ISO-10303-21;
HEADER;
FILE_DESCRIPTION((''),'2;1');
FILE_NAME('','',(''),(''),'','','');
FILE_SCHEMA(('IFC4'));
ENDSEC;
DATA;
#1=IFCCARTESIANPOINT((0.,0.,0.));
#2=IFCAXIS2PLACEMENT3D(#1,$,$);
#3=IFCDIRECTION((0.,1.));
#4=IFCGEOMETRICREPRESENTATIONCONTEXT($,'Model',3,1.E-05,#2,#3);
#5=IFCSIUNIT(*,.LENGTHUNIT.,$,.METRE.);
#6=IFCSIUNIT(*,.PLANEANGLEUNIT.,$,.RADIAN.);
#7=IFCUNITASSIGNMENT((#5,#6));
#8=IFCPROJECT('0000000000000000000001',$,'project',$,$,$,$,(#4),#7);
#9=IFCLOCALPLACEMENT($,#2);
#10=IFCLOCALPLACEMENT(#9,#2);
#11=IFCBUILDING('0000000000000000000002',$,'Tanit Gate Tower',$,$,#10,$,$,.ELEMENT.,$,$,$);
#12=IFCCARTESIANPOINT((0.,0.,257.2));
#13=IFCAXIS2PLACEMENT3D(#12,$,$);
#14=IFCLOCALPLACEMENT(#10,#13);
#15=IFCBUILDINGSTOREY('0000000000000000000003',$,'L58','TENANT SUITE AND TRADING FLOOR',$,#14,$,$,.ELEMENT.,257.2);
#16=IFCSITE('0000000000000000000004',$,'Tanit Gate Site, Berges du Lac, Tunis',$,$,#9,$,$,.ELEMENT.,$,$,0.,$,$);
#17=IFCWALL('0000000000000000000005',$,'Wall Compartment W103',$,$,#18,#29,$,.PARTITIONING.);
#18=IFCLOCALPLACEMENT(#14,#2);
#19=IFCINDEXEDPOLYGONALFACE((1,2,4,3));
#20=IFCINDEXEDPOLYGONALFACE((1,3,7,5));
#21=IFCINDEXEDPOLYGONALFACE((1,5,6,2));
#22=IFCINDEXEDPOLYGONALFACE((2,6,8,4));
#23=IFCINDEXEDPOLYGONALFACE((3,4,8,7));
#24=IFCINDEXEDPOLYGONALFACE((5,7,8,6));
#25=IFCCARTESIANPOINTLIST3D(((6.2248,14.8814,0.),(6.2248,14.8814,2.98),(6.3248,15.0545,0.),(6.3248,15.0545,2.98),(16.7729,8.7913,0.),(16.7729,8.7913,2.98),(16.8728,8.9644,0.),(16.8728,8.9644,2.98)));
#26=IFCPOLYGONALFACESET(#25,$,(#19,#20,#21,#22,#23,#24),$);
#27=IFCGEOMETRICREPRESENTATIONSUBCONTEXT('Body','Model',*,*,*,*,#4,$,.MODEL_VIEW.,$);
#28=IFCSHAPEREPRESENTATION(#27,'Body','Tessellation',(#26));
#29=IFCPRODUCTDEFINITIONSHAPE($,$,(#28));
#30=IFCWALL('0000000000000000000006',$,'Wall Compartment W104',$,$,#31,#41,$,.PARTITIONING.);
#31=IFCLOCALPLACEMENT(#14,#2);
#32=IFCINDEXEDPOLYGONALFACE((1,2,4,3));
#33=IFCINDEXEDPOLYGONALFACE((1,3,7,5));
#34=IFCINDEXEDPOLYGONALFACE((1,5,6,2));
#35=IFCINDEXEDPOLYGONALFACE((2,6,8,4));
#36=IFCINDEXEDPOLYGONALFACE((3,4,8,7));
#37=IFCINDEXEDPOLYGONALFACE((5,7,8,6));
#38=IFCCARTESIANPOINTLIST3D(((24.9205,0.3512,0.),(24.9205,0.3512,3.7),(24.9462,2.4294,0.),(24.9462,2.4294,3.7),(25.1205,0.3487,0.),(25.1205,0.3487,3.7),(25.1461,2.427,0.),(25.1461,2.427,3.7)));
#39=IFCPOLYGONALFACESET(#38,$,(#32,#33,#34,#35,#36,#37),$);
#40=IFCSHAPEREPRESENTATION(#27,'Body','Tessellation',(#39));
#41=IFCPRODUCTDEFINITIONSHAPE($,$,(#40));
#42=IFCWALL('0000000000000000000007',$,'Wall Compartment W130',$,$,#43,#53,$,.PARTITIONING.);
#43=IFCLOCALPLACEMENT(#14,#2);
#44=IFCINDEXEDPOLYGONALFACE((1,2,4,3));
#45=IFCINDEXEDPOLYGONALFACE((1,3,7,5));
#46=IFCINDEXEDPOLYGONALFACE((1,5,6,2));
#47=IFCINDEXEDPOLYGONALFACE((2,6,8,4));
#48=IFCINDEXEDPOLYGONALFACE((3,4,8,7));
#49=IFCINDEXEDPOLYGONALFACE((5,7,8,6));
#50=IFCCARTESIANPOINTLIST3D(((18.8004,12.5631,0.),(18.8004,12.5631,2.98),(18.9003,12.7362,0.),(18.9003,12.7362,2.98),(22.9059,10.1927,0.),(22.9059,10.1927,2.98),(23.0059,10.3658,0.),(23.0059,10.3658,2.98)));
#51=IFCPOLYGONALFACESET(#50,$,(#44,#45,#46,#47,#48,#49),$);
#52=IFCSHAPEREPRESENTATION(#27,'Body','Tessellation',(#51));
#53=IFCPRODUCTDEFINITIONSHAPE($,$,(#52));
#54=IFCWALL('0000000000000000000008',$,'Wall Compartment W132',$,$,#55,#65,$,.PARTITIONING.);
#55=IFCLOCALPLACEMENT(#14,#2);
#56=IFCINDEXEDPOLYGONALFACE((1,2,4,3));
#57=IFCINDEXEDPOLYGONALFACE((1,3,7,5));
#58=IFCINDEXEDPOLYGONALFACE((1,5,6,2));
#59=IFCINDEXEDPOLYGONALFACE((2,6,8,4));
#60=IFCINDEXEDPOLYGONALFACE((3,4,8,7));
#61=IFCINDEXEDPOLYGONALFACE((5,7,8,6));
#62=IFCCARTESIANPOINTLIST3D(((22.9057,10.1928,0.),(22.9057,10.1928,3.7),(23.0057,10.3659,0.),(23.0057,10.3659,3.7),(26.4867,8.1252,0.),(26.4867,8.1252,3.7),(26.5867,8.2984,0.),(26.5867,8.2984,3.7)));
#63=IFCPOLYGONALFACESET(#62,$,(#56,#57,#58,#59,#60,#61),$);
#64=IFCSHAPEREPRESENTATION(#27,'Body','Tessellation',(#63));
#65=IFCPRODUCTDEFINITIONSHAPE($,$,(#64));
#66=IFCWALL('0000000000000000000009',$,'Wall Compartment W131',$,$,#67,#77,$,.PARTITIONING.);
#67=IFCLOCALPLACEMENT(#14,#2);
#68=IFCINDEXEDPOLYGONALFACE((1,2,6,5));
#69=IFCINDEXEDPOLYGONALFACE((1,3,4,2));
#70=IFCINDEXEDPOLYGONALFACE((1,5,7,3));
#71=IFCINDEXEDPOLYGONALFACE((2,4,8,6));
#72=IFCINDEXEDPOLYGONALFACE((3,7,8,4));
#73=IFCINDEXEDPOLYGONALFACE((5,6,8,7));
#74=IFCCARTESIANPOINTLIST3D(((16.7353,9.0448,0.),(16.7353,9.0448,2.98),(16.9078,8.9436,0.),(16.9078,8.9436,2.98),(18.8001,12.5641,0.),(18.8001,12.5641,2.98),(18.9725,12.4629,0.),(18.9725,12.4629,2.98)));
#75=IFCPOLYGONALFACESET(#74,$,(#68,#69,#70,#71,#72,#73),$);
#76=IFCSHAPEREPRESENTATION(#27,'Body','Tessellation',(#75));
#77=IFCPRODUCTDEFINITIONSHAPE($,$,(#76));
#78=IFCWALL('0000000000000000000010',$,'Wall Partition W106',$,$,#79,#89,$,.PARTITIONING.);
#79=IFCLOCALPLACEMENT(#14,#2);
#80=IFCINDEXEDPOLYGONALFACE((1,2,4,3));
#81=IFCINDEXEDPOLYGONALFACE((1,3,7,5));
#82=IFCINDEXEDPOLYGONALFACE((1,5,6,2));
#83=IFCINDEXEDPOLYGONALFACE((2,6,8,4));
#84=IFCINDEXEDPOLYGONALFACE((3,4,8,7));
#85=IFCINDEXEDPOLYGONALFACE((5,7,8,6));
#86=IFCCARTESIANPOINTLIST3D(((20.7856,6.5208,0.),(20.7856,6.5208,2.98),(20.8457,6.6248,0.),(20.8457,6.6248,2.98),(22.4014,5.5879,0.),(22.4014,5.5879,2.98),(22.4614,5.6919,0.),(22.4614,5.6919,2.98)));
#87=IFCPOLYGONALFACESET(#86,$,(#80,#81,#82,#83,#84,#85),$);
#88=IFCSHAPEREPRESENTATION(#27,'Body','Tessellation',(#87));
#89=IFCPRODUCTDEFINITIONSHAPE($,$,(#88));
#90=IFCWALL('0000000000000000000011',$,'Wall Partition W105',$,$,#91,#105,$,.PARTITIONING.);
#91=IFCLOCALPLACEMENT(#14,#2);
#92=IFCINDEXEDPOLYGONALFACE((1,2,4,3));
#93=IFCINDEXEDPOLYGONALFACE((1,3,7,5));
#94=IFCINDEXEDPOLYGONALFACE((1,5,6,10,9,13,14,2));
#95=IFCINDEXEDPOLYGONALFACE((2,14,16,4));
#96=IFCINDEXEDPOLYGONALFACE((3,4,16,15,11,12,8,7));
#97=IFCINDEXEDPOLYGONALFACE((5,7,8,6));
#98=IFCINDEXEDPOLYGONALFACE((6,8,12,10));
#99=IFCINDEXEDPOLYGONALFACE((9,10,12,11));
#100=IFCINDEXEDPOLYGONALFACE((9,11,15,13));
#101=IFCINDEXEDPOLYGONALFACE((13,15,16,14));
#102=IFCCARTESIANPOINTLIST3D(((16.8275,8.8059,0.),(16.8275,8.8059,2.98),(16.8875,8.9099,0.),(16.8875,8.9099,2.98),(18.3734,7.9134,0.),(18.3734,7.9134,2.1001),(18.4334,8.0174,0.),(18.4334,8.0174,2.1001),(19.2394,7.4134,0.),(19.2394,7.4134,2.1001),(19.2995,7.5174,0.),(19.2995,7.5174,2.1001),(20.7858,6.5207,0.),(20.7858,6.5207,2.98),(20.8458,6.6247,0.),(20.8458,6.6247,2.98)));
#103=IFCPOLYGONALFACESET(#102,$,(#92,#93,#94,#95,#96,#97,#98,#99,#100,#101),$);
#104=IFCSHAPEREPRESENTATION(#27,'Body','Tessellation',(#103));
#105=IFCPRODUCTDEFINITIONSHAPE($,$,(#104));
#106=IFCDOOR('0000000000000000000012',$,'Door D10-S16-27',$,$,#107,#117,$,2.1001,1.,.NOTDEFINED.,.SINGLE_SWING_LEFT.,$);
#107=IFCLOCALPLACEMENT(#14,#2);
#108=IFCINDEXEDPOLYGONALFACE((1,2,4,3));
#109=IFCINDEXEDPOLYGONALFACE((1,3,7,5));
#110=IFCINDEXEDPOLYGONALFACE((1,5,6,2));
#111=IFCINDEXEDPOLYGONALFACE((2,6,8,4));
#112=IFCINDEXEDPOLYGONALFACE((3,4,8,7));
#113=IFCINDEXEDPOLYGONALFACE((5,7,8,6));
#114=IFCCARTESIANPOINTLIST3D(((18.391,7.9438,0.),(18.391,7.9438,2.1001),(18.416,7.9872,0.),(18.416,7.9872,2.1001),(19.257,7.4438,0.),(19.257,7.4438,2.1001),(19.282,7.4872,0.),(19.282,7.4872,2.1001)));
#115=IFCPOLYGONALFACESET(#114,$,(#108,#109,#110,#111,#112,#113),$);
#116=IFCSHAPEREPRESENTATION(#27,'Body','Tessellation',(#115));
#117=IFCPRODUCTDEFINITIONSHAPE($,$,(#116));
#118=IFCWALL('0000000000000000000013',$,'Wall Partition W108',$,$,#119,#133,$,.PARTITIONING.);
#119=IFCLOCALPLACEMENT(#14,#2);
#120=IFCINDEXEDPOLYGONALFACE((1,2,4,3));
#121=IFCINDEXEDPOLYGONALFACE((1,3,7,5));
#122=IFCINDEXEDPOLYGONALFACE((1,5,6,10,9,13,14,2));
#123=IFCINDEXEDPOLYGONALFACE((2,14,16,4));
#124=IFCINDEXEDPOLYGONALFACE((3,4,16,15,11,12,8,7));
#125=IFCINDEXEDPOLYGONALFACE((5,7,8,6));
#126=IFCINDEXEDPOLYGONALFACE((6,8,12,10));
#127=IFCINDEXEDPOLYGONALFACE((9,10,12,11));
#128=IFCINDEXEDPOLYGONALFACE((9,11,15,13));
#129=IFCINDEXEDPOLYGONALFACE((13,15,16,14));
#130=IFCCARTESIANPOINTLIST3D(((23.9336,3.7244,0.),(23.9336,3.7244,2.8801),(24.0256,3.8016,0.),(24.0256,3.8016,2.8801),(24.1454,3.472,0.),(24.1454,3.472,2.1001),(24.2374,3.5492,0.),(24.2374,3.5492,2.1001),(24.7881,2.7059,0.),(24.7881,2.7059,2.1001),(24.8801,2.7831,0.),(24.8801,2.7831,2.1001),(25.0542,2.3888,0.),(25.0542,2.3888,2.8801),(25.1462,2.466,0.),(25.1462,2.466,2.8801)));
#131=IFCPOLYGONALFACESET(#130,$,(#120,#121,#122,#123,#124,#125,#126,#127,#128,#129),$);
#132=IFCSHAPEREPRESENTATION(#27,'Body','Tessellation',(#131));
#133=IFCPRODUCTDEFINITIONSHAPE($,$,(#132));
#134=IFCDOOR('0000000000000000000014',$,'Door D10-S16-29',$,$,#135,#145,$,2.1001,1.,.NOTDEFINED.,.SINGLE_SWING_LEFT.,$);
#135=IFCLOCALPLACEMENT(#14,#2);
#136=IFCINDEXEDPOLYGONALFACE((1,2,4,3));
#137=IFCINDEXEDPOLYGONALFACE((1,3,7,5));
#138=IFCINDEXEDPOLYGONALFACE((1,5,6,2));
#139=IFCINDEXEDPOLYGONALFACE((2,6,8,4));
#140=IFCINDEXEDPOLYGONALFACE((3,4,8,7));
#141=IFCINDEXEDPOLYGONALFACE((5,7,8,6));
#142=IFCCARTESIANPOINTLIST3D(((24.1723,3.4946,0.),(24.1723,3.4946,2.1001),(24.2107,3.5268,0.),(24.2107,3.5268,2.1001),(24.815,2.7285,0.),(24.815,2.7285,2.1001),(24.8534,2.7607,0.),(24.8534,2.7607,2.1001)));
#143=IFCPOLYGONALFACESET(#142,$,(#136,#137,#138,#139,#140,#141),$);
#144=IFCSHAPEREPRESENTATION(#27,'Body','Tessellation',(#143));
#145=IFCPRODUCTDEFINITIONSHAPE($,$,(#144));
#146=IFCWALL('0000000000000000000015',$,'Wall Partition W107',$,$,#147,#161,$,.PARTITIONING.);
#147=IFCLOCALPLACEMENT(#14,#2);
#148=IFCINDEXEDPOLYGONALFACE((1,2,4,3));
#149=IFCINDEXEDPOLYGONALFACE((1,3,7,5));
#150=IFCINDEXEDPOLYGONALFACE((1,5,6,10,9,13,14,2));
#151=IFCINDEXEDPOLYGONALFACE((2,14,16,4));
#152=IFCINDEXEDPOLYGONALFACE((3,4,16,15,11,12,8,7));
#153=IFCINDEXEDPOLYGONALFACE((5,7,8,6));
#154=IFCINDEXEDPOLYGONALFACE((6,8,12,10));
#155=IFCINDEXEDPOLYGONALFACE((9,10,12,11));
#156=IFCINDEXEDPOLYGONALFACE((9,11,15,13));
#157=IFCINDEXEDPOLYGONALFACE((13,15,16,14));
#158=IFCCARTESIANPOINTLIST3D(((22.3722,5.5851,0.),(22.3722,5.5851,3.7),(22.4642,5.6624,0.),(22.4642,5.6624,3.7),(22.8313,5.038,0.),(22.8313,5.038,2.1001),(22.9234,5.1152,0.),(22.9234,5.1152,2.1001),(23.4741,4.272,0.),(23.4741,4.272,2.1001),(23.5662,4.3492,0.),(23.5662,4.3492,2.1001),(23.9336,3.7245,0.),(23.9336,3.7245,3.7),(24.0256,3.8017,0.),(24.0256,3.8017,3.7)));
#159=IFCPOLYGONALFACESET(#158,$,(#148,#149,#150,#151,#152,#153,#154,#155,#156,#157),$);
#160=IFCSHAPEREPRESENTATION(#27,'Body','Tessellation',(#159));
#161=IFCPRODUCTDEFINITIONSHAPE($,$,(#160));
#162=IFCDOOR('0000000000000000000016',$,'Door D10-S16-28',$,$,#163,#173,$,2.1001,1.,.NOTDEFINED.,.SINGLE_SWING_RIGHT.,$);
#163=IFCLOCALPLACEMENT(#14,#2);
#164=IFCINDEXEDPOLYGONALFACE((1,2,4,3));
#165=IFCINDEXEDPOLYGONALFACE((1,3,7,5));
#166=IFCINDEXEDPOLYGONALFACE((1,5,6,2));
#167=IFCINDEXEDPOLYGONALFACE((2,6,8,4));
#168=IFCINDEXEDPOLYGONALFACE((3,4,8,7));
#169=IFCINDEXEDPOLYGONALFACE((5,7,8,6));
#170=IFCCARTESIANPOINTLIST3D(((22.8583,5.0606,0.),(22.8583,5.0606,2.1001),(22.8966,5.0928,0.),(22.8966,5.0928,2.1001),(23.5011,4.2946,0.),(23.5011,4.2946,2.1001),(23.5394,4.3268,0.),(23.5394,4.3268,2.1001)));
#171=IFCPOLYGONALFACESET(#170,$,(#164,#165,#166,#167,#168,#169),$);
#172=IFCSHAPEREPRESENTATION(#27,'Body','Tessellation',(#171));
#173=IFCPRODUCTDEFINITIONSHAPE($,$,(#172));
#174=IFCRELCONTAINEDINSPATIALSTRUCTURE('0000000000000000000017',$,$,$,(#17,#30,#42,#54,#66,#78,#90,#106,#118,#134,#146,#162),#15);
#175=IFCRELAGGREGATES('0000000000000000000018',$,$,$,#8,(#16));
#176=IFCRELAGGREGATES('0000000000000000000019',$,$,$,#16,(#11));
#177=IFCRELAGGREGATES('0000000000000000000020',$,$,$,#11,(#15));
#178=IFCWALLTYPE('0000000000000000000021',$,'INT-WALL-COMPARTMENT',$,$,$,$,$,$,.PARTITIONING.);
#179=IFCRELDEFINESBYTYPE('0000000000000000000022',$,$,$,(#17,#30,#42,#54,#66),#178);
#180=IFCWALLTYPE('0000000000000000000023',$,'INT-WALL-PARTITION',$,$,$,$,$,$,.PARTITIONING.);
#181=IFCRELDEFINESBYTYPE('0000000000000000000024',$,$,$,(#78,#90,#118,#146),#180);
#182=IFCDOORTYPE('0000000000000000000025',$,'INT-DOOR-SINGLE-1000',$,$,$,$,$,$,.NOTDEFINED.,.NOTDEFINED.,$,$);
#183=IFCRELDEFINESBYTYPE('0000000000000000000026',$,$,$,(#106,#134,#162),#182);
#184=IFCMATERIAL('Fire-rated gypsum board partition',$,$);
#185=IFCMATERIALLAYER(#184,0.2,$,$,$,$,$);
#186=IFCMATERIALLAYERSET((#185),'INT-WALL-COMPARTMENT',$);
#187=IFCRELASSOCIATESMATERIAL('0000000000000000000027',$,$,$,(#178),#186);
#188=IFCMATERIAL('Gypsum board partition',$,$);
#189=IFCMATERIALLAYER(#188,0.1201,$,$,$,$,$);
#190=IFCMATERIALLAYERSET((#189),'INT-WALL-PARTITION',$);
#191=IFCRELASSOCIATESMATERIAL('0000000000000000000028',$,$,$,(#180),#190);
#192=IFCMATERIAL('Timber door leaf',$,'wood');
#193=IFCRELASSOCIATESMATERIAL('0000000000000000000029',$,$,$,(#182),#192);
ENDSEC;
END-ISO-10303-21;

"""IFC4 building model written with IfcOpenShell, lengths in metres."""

from ifc_helpers import new_model, si_unit, direction, frame, frame_2d, origin, place, context, subcontext, project, spatial, rectangle, extrude, material, layer, layer_set, type_object, element, fill, save


model = new_model("IFC4")

# Units and contexts
model_context = context("Model", 3, precision=1e-05, world=origin(), true_north=direction((0.0, 1.0)))
body_context = subcontext(model_context, "Body", "Model", "MODEL_VIEW")
ifc_project = project(units=[si_unit("LENGTHUNIT", "METRE"), si_unit("PLANEANGLEUNIT", "RADIAN")], contexts=[model_context])

# Site, building, storey
site_placement = place(None, origin())
site = spatial("IfcSite", under=ifc_project, at=site_placement, Name="Tanit Gate Site, Berges du Lac, Tunis", CompositionType="ELEMENT", RefElevation=0.0)
building_placement = place(site_placement, origin())
building = spatial("IfcBuilding", under=site, at=building_placement, Name="Tanit Gate Tower", CompositionType="ELEMENT")
storey_placement = place(building_placement, frame((0.0, 0.0, 257.2)))
storey = spatial("IfcBuildingStorey", under=building, at=storey_placement, Name="L58", Description="TENANT SUITE AND TRADING FLOOR", CompositionType="ELEMENT", Elevation=257.2)

# Walls
ifc_material_1 = material(Name="Fire-rated gypsum board partition")
ifc_layer_1 = layer(ifc_material_1, 0.2)
ifc_layer_set_1 = layer_set([ifc_layer_1], Name="INT-WALL-COMPARTMENT")
wall_type_1 = type_object("IfcWallType", Name="INT-WALL-COMPARTMENT", PredefinedType="PARTITIONING", material=ifc_layer_set_1)
wall_1_placement = place(storey_placement, frame((16.8228, 8.8779, 0.0), z_axis=(0.0, 0.0, 1.0), x_axis=(-0.86602, 0.500009, 0.0)))
element("IfcWall", 1, at=wall_1_placement, inside=storey, type_object=wall_type_1, Name="Wall Compartment W103", PredefinedType="PARTITIONING", context=body_context, shape_type="SweptSolid", body=[
    extrude(rectangle(XDim=12.1799, YDim=0.2, at=frame_2d((6.0898, 0.0))), origin(), (0.0, 0.0, 1.0), 2.98),
])
wall_2_placement = place(storey_placement, frame((25.0205, 0.3501, 0.0), z_axis=(0.0, 0.0, 1.0), x_axis=(0.012335, 0.999924, 0.0)))
element("IfcWall", 2, at=wall_2_placement, inside=storey, type_object=wall_type_1, Name="Wall Compartment W104", PredefinedType="PARTITIONING", context=body_context, shape_type="SweptSolid", body=[
    extrude(rectangle(XDim=2.0784, YDim=0.2, at=frame_2d((1.0391, 0.0))), origin(), (0.0, 0.0, 1.0), 3.7),
])
wall_3_placement = place(storey_placement, frame((18.8503, 12.6497, 0.0), z_axis=(0.0, 0.0, 1.0), x_axis=(0.866019, -0.500011, 0.0)))
element("IfcWall", 3, at=wall_3_placement, inside=storey, type_object=wall_type_1, Name="Wall Compartment W130", PredefinedType="PARTITIONING", context=body_context, shape_type="SweptSolid", body=[
    extrude(rectangle(XDim=4.7407, YDim=0.2, at=frame_2d((2.3704, 0.0))), origin(), (0.0, 0.0, 1.0), 2.98),
])
wall_4_placement = place(storey_placement, frame((22.9558, 10.2793, 0.0), z_axis=(0.0, 0.0, 1.0), x_axis=(0.866015, -0.500019, 0.0)))
element("IfcWall", 4, at=wall_4_placement, inside=storey, type_object=wall_type_1, Name="Wall Compartment W132", PredefinedType="PARTITIONING", context=body_context, shape_type="SweptSolid", body=[
    extrude(rectangle(XDim=4.135, YDim=0.2, at=frame_2d((2.0674, 0.0))), origin(), (0.0, 0.0, 1.0), 3.7),
])
wall_5_placement = place(storey_placement, frame((18.8862, 12.5134, 0.0), z_axis=(0.0, 0.0, 1.0), x_axis=(-0.506024, -0.86252, 0.0)))
element("IfcWall", 5, at=wall_5_placement, inside=storey, type_object=wall_type_1, Name="Wall Compartment W131", PredefinedType="PARTITIONING", context=body_context, shape_type="SweptSolid", body=[
    extrude(rectangle(XDim=4.0803, YDim=0.2, at=frame_2d((2.04, 0.0))), origin(), (0.0, 0.0, 1.0), 2.98),
])
ifc_material_2 = material(Name="Gypsum board partition")
ifc_layer_2 = layer(ifc_material_2, 0.1201)
ifc_layer_set_2 = layer_set([ifc_layer_2], Name="INT-WALL-PARTITION")
wall_type_2 = type_object("IfcWallType", Name="INT-WALL-PARTITION", PredefinedType="PARTITIONING", material=ifc_layer_set_2)
wall_6_placement = place(storey_placement, frame((22.4314, 5.6399, 0.0), z_axis=(0.0, 0.0, 1.0), x_axis=(-0.86602, 0.500009, 0.0)))
element("IfcWall", 6, at=wall_6_placement, inside=storey, type_object=wall_type_2, Name="Wall Partition W106", PredefinedType="PARTITIONING", context=body_context, shape_type="SweptSolid", body=[
    extrude(rectangle(XDim=1.8657, YDim=0.1201, at=frame_2d((0.9329, 0.0))), origin(), (0.0, 0.0, 1.0), 2.98),
])

# Walls, openings, doors
wall_7_placement = place(storey_placement, frame((20.8157, 6.5728, 0.0), z_axis=(0.0, 0.0, 1.0), x_axis=(-0.866039, 0.499977, 0.0)))
wall_7 = element("IfcWall", 7, at=wall_7_placement, inside=storey, type_object=wall_type_2, Name="Wall Partition W105", PredefinedType="PARTITIONING", context=body_context, shape_type="SweptSolid", body=[
    extrude(rectangle(XDim=4.5706, YDim=0.1201, at=frame_2d((2.2852, 0.0))), origin(), (0.0, 0.0, 1.0), 2.98),
])
opening_1_placement = place(wall_7_placement, frame((1.7854, 0.0, 0.0)))
opening_1 = element("IfcOpeningElement", 8, at=opening_1_placement, cuts=wall_7, PredefinedType="OPENING", context=body_context, shape_type="SweptSolid", body=[
    extrude(rectangle(XDim=1.0, YDim=2.1001, at=frame_2d((0.5, 1.05))), frame((0.0, 0.0701, 0.0), z_axis=(0.0, -1.0, 0.0), x_axis=(1.0, 0.0, 0.0)), (0.0, 0.0, 1.0), 0.1401),
])
ifc_material_3 = material(Name="Timber door leaf", Category="wood")
door_type_1 = type_object("IfcDoorType", Name="INT-DOOR-SINGLE-1000", OperationType="NOTDEFINED", PredefinedType="NOTDEFINED", material=ifc_material_3)
door_1_placement = place(opening_1_placement, origin())
door_1 = element("IfcDoor", 9, at=door_1_placement, inside=storey, type_object=door_type_1, Name="Door D10-S16-27", OperationType="SINGLE_SWING_LEFT", OverallHeight=2.1001, OverallWidth=1.0, PredefinedType="NOTDEFINED", context=body_context, shape_type="SweptSolid", body=[
    extrude(rectangle(XDim=1.0, YDim=2.1001, at=frame_2d((0.5, 1.05))), frame((0.0, 0.0249, 0.0), z_axis=(0.0, -1.0, 0.0), x_axis=(1.0, 0.0, 0.0)), (0.0, 0.0, 1.0), 0.05),
])
fill(opening_1, door_1)
wall_8_placement = place(storey_placement, frame((25.1001, 2.4275, 0.0), z_axis=(0.0, 0.0, 1.0), x_axis=(-0.642729, 0.766094, 0.0)))
wall_8 = element("IfcWall", 10, at=wall_8_placement, inside=storey, type_object=wall_type_2, Name="Wall Partition W108", PredefinedType="PARTITIONING", context=body_context, shape_type="SweptSolid", body=[
    extrude(rectangle(XDim=1.7434, YDim=0.1201, at=frame_2d((0.8716, 0.0))), origin(), (0.0, 0.0, 1.0), 2.8801),
])
opening_2_placement = place(wall_8_placement, frame((0.4138, 0.0, 0.0)))
opening_2 = element("IfcOpeningElement", 11, at=opening_2_placement, cuts=wall_8, PredefinedType="OPENING", context=body_context, shape_type="SweptSolid", body=[
    extrude(rectangle(XDim=1.0, YDim=2.1001, at=frame_2d((0.5, 1.05))), frame((0.0, 0.0701, 0.0), z_axis=(0.0, -1.0, 0.0), x_axis=(1.0, 0.0, 0.0)), (0.0, 0.0, 1.0), 0.1401),
])
door_2_placement = place(opening_2_placement, origin())
door_2 = element("IfcDoor", 12, at=door_2_placement, inside=storey, type_object=door_type_1, Name="Door D10-S16-29", OperationType="SINGLE_SWING_LEFT", OverallHeight=2.1001, OverallWidth=1.0, PredefinedType="NOTDEFINED", context=body_context, shape_type="SweptSolid", body=[
    extrude(rectangle(XDim=1.0, YDim=2.1001, at=frame_2d((0.5, 1.05))), frame((0.0, 0.0249, 0.0), z_axis=(0.0, -1.0, 0.0), x_axis=(1.0, 0.0, 0.0)), (0.0, 0.0, 1.0), 0.05),
])
fill(opening_2, door_2)
wall_9_placement = place(storey_placement, frame((23.9795, 3.7632, 0.0), z_axis=(0.0, 0.0, 1.0), x_axis=(-0.642801, 0.766033, 0.0)))
wall_9 = element("IfcWall", 13, at=wall_9_placement, inside=storey, type_object=wall_type_2, Name="Wall Partition W107", PredefinedType="PARTITIONING", context=body_context, shape_type="SweptSolid", body=[
    extrude(rectangle(XDim=2.429, YDim=0.1201, at=frame_2d((1.2144, 0.0))), origin(), (0.0, 0.0, 1.0), 3.7),
])
opening_3_placement = place(wall_9_placement, frame((0.7146, 0.0, 0.0)))
opening_3 = element("IfcOpeningElement", 14, at=opening_3_placement, cuts=wall_9, PredefinedType="OPENING", context=body_context, shape_type="SweptSolid", body=[
    extrude(rectangle(XDim=1.0, YDim=2.1001, at=frame_2d((0.5, 1.05))), frame((0.0, 0.0701, 0.0), z_axis=(0.0, -1.0, 0.0), x_axis=(1.0, 0.0, 0.0)), (0.0, 0.0, 1.0), 0.1401),
])
door_3_placement = place(opening_3_placement, origin())
door_3 = element("IfcDoor", 15, at=door_3_placement, inside=storey, type_object=door_type_1, Name="Door D10-S16-28", OperationType="SINGLE_SWING_RIGHT", OverallHeight=2.1001, OverallWidth=1.0, PredefinedType="NOTDEFINED", context=body_context, shape_type="SweptSolid", body=[
    extrude(rectangle(XDim=1.0, YDim=2.1001, at=frame_2d((0.5, 1.05))), frame((0.0, 0.0249, 0.0), z_axis=(0.0, -1.0, 0.0), x_axis=(1.0, 0.0, 0.0)), (0.0, 0.0, 1.0), 0.05),
])
fill(opening_3, door_3)

save(model, "model.ifc")
